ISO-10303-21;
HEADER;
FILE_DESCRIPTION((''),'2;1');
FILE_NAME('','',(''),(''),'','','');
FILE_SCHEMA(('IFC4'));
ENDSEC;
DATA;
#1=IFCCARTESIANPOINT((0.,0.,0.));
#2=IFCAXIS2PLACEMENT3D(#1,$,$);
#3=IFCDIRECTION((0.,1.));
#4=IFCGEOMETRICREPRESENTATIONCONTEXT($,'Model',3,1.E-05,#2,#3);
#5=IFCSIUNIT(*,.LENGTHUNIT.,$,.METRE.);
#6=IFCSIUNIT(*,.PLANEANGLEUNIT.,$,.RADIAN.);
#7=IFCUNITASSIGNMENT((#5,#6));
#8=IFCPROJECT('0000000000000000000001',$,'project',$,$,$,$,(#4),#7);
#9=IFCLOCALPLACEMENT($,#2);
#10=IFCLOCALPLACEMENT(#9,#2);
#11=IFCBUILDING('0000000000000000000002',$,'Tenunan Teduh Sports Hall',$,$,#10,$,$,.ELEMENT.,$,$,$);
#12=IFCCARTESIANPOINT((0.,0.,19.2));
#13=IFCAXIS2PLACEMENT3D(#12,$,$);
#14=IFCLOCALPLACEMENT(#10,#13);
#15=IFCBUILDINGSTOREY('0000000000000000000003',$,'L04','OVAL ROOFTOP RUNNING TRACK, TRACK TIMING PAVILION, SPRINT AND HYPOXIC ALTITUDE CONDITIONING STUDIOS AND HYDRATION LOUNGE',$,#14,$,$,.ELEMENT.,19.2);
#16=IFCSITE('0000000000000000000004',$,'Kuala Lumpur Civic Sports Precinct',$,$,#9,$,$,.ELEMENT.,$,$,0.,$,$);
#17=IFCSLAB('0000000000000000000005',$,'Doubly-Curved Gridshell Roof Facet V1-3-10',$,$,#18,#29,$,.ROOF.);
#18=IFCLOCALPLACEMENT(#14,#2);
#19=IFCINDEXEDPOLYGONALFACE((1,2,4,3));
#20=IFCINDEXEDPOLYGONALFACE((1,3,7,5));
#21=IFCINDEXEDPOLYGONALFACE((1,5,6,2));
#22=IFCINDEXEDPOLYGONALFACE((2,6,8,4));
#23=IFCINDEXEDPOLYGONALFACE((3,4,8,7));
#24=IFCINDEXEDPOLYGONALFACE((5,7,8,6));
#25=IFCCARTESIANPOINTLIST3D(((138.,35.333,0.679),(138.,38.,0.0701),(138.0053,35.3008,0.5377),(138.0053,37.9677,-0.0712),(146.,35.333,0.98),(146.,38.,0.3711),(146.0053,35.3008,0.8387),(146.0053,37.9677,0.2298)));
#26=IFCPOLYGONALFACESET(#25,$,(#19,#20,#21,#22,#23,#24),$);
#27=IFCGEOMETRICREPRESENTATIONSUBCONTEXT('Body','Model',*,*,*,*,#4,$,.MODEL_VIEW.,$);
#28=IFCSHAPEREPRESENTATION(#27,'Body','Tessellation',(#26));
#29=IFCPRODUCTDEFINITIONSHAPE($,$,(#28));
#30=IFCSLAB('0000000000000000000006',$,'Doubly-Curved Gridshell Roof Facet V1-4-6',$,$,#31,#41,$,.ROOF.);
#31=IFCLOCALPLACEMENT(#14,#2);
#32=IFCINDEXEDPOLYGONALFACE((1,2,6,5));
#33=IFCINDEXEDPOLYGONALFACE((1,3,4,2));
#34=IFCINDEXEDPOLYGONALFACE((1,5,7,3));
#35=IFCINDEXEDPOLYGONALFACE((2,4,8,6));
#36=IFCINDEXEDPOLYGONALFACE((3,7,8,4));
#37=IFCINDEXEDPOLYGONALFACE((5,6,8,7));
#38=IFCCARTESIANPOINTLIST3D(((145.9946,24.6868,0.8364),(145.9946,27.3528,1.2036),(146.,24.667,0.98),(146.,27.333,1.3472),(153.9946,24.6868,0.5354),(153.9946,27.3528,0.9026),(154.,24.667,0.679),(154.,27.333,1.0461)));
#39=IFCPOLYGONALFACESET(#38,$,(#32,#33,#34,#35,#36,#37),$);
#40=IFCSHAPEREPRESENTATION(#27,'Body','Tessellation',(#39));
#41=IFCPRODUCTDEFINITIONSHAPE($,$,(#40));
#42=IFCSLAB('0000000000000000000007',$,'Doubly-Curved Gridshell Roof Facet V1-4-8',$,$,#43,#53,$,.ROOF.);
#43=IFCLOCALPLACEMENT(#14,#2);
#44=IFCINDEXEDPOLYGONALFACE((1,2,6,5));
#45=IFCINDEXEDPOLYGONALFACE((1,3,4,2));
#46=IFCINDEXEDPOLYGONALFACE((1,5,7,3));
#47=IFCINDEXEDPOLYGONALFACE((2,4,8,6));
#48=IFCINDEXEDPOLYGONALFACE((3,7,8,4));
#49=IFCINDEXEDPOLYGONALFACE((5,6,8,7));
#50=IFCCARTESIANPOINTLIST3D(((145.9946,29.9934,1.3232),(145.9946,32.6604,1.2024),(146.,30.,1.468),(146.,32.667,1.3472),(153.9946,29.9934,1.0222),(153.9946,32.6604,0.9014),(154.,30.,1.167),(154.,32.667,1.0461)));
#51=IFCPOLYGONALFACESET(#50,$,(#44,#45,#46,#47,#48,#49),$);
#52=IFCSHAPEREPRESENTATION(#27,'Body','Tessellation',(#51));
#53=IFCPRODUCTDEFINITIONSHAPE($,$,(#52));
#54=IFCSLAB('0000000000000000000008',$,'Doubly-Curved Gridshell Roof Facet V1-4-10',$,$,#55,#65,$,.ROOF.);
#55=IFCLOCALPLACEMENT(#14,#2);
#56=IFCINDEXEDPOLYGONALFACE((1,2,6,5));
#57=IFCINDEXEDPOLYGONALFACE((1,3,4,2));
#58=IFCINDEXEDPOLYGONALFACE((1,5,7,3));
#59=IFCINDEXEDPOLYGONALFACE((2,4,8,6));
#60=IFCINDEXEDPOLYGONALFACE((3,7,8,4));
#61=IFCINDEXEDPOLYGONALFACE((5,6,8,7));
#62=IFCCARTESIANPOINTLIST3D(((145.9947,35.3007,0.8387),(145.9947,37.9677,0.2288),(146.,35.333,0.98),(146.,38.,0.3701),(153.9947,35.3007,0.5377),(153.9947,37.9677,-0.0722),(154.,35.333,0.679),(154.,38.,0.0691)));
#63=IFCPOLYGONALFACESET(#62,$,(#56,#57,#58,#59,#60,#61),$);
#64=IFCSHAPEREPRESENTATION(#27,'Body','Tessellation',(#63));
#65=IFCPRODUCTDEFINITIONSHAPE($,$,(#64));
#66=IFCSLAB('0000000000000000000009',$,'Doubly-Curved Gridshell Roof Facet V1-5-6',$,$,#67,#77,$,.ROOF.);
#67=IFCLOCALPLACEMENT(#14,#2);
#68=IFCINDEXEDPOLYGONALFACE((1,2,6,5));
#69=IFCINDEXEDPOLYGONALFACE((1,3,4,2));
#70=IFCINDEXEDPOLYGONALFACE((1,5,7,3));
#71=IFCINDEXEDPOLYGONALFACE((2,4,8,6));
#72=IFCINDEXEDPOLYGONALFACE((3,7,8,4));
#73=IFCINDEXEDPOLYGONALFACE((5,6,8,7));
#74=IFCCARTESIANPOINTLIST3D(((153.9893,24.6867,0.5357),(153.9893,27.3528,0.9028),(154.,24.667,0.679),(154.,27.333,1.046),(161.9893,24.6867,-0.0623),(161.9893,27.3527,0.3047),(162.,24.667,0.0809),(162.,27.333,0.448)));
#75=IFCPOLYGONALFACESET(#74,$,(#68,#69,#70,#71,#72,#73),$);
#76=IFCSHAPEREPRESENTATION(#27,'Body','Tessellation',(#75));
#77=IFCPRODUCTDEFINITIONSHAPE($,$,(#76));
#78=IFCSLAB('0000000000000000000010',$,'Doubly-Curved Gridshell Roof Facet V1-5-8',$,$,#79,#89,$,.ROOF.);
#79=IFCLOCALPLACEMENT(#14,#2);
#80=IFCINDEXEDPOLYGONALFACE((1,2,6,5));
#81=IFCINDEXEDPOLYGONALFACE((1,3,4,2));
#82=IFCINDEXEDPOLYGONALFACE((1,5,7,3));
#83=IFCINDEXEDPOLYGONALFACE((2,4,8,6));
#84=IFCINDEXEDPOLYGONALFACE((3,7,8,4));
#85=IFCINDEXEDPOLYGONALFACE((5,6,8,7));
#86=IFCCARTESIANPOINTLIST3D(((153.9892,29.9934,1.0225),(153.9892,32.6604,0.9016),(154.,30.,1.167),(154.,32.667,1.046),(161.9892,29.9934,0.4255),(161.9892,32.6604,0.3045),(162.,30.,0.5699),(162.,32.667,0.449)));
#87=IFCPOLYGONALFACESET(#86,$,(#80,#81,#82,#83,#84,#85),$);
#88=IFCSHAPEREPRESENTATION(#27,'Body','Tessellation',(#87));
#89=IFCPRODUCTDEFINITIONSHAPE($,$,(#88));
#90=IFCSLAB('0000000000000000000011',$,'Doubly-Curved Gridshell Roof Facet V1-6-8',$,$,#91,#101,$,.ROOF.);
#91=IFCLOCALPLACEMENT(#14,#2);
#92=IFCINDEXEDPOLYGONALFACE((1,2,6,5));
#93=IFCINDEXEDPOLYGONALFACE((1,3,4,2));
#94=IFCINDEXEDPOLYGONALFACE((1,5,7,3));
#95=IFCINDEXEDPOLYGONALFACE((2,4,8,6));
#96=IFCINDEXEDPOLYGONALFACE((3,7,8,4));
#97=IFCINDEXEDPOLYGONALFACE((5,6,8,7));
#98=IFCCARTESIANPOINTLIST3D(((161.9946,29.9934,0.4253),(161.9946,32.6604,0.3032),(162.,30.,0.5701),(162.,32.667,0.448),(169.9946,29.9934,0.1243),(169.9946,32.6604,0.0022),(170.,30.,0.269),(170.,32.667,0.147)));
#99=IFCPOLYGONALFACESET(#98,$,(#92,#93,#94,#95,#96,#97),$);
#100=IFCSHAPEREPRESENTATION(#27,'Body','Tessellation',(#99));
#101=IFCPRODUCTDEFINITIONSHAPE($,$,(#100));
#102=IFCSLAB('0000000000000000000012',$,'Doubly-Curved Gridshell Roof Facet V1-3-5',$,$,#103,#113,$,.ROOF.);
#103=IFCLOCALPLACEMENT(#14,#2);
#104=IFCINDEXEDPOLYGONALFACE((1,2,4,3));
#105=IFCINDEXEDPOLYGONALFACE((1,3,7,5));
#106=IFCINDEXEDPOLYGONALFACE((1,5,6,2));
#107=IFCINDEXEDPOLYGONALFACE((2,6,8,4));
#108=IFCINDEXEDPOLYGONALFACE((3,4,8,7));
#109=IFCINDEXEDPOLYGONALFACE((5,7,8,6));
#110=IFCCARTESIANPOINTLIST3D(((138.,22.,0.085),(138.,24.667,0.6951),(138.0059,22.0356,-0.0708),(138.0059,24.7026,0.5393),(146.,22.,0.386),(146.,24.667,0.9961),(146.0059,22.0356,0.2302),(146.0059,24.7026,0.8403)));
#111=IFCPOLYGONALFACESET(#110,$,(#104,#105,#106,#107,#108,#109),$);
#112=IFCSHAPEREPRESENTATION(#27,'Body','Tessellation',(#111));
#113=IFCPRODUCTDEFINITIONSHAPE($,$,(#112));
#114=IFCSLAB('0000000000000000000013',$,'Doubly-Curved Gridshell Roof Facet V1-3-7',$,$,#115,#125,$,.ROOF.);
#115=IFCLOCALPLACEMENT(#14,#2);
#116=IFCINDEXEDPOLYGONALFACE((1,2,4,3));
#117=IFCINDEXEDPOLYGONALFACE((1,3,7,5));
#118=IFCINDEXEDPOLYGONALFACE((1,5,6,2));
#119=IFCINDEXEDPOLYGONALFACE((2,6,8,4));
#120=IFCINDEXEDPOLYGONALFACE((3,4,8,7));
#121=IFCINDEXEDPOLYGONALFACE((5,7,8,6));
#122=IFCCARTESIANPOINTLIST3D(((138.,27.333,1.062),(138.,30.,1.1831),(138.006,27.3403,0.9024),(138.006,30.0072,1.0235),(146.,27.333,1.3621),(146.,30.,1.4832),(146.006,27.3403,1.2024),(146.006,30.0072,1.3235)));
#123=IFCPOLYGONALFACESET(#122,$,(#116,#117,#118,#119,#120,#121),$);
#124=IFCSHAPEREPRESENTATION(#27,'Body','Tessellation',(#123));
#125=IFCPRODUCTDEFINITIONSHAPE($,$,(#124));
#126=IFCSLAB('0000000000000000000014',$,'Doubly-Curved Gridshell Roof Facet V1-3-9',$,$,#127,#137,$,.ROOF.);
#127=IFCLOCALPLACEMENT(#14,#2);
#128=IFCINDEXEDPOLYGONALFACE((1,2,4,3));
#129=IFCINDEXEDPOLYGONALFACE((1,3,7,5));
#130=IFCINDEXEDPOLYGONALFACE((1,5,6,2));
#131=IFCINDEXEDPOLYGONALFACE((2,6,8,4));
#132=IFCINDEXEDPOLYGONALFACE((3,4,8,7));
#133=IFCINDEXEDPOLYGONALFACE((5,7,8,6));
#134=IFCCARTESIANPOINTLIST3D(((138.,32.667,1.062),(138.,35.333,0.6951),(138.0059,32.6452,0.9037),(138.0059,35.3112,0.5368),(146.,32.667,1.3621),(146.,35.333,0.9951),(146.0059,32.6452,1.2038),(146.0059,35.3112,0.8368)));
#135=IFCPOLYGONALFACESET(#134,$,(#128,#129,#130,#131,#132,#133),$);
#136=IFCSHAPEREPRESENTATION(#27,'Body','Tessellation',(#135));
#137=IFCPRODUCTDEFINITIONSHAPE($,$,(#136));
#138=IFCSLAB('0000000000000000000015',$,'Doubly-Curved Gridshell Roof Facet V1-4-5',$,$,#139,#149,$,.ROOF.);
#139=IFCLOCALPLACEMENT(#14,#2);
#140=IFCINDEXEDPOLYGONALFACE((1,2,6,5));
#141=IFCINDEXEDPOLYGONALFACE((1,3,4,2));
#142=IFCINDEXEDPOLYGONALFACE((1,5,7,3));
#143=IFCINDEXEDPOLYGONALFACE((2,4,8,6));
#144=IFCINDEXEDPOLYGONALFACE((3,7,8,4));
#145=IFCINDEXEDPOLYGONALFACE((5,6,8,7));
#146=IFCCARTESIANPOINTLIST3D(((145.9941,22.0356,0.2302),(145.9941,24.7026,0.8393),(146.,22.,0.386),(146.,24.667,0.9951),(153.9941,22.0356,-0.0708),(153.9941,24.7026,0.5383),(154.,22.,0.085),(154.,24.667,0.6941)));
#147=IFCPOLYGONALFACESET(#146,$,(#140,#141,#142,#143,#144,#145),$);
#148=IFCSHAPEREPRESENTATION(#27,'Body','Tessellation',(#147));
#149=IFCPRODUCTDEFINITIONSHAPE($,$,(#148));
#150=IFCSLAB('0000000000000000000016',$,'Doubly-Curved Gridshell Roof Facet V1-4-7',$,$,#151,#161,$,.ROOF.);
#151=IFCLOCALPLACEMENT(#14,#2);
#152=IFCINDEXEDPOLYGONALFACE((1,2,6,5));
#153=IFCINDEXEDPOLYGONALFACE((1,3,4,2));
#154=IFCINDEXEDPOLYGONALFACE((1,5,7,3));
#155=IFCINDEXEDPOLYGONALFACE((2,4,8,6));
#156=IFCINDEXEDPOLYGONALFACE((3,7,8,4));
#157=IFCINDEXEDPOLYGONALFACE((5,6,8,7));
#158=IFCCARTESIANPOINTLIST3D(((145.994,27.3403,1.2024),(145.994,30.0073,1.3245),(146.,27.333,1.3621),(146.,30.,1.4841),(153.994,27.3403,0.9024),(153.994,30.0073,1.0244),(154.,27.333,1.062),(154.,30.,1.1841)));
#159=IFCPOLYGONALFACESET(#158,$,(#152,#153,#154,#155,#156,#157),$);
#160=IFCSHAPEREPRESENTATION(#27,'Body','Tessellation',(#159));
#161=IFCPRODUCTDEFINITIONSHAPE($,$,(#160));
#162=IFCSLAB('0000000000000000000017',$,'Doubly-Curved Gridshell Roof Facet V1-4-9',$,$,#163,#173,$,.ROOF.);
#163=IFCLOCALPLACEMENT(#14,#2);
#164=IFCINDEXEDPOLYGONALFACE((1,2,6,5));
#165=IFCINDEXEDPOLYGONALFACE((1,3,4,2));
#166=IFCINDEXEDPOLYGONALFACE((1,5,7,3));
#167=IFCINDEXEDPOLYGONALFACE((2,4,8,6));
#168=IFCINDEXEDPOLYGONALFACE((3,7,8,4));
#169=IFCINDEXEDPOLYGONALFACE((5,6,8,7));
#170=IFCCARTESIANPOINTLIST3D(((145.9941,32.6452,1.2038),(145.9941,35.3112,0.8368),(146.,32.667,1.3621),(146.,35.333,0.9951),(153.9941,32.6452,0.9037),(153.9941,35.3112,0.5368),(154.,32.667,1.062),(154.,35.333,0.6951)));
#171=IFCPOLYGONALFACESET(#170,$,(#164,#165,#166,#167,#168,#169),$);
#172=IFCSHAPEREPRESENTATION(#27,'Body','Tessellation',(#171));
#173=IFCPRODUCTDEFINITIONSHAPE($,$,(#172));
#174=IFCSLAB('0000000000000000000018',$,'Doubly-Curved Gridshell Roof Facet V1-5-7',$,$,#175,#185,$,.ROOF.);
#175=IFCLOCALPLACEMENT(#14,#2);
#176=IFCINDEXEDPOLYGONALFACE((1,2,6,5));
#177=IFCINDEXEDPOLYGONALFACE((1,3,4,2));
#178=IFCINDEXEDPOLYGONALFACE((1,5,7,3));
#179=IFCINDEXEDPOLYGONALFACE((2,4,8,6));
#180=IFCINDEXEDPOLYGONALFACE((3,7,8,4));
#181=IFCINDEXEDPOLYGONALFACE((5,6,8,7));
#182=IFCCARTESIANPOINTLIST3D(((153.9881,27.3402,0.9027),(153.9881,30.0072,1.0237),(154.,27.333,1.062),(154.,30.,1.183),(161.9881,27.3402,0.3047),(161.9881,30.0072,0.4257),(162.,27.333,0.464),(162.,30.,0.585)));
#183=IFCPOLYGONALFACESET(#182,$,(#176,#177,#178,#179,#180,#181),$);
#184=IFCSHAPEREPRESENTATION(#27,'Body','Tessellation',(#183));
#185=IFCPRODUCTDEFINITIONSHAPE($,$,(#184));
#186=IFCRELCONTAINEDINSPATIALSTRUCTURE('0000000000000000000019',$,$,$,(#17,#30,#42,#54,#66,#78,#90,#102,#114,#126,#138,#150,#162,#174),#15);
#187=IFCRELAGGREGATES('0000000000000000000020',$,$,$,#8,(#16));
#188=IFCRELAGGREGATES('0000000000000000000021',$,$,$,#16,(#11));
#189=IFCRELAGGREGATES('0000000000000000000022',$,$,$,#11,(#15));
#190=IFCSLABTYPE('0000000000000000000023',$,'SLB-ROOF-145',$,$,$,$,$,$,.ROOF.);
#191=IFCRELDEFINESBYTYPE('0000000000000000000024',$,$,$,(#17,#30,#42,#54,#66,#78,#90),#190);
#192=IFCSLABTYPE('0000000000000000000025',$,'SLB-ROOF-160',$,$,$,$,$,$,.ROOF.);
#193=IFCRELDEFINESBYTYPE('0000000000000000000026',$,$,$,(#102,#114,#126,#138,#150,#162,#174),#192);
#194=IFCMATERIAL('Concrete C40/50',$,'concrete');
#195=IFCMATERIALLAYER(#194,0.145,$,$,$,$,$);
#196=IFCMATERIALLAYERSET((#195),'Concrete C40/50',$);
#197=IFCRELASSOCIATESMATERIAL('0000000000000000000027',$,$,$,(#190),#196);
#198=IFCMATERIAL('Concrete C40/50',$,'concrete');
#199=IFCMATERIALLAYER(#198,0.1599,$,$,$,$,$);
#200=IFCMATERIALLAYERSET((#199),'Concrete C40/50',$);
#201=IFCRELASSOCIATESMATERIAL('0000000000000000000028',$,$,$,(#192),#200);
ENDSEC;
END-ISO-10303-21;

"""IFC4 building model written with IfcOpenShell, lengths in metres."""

from ifc_helpers import new_model, si_unit, direction, frame, origin, place, context, subcontext, project, spatial, polyline, outline, extrude, material, layer, layer_set, type_object, element, save


model = new_model("IFC4")

# Units and contexts
model_context = context("Model", 3, precision=1e-05, world=origin(), true_north=direction((0.0, 1.0)))
body_context = subcontext(model_context, "Body", "Model", "MODEL_VIEW")
ifc_project = project(units=[si_unit("LENGTHUNIT", "METRE"), si_unit("PLANEANGLEUNIT", "RADIAN")], contexts=[model_context])

# Site, building, storey
site_placement = place(None, origin())
site = spatial("IfcSite", under=ifc_project, at=site_placement, Name="Kuala Lumpur Civic Sports Precinct", CompositionType="ELEMENT", RefElevation=0.0)
building_placement = place(site_placement, origin())
building = spatial("IfcBuilding", under=site, at=building_placement, Name="Tenunan Teduh Sports Hall", CompositionType="ELEMENT")
storey_placement = place(building_placement, frame((0.0, 0.0, 19.2)))
storey = spatial("IfcBuildingStorey", under=building, at=storey_placement, Name="L04", Description="OVAL ROOFTOP RUNNING TRACK, TRACK TIMING PAVILION, SPRINT AND HYPOXIC ALTITUDE CONDITIONING STUDIOS AND HYDRATION LOUNGE", CompositionType="ELEMENT", Elevation=19.2)

# Slabs
ifc_material_1 = material(Name="Concrete C40/50", Category="concrete")
ifc_layer_1 = layer(ifc_material_1, 0.145)
ifc_layer_set_1 = layer_set([ifc_layer_1], Name="Concrete C40/50")
slab_type_1 = type_object("IfcSlabType", Name="SLB-ROOF-145", PredefinedType="ROOF", material=ifc_layer_set_1)
slab_1_placement = place(storey_placement, frame((138.0, 35.333, 0.679), z_axis=(-0.03666, 0.222428, 0.97426), x_axis=(0.999293, 0.0, 0.037602)))
element("IfcSlab", 1, at=slab_1_placement, inside=storey, type_object=slab_type_1, Name="Doubly-Curved Gridshell Roof Facet V1-3-10", PredefinedType="ROOF", context=body_context, shape_type="SweptSolid", body=[
    extrude(outline(polyline([(0.0, 0.0), (8.0057, 0.0), (7.9828, 2.7355), (-0.0229, 2.7355), (0.0, 0.0)])), origin(), (0.0, 0.0, -1.0), 0.145),
])
slab_2_placement = place(storey_placement, frame((146.0, 24.667, 0.98), z_axis=(0.03725, -0.136346, 0.989961), x_axis=(0.999293, 0.0, -0.037602)))
element("IfcSlab", 2, at=slab_2_placement, inside=storey, type_object=slab_type_1, Name="Doubly-Curved Gridshell Roof Facet V1-4-6", PredefinedType="ROOF", context=body_context, shape_type="SweptSolid", body=[
    extrude(outline(polyline([(0.0, 0.0), (8.0057, 0.0), (7.9919, 2.6911), (-0.0138, 2.6911), (0.0, 0.0)])), origin(), (0.0, 0.0, -1.0), 0.145),
])
slab_3_placement = place(storey_placement, frame((146.0, 30.0, 1.468), z_axis=(0.037563, 0.045235, 0.99827), x_axis=(0.999293, 0.0, -0.037602)))
element("IfcSlab", 3, at=slab_3_placement, inside=storey, type_object=slab_type_1, Name="Doubly-Curved Gridshell Roof Facet V1-4-8", PredefinedType="ROOF", context=body_context, shape_type="SweptSolid", body=[
    extrude(outline(polyline([(0.0, 0.0), (8.0057, 0.0), (8.0102, 2.6697), (0.0045, 2.6697), (0.0, 0.0)])), origin(), (0.0, 0.0, -1.0), 0.145),
])
slab_4_placement = place(storey_placement, frame((146.0, 35.333, 0.98), z_axis=(0.036657, 0.222767, 0.974182), x_axis=(0.999293, 0.0, -0.037602)))
element("IfcSlab", 4, at=slab_4_placement, inside=storey, type_object=slab_type_1, Name="Doubly-Curved Gridshell Roof Facet V1-4-10", PredefinedType="ROOF", context=body_context, shape_type="SweptSolid", body=[
    extrude(outline(polyline([(0.0, 0.0), (8.0057, 0.0), (8.0286, 2.7357), (0.0229, 2.7357), (0.0, 0.0)])), origin(), (0.0, 0.0, -1.0), 0.145),
])
slab_5_placement = place(storey_placement, frame((154.0, 24.667, 0.679), z_axis=(0.073852, -0.136024, 0.987949), x_axis=(0.997218, 0.000002, -0.074545)))
element("IfcSlab", 5, at=slab_5_placement, inside=storey, type_object=slab_type_1, Name="Doubly-Curved Gridshell Roof Facet V1-5-6", PredefinedType="ROOF", context=body_context, shape_type="SweptSolid", body=[
    extrude(outline(polyline([(0.0, 0.0), (8.0223, 0.0), (7.995, 2.691), (-0.0274, 2.691), (0.0, 0.0)])), origin(), (0.0, 0.0, -1.0), 0.145),
])
slab_6_placement = place(storey_placement, frame((154.0, 30.0, 1.167), z_axis=(0.074348, 0.045187, 0.996208), x_axis=(0.997227, -0.000001, -0.074424)))
element("IfcSlab", 6, at=slab_6_placement, inside=storey, type_object=slab_type_1, Name="Doubly-Curved Gridshell Roof Facet V1-5-8", PredefinedType="ROOF", context=body_context, shape_type="SweptSolid", body=[
    extrude(outline(polyline([(0.0, 0.0), (8.0222, 0.0), (8.0312, 2.6697), (0.009, 2.6697), (0.0, 0.0)])), origin(), (0.0, 0.0, -1.0), 0.145),
])
slab_7_placement = place(storey_placement, frame((162.0, 30.0, 0.5701), z_axis=(0.037562, 0.045691, 0.998249), x_axis=(0.999293, 0.0, -0.037602)))
element("IfcSlab", 7, at=slab_7_placement, inside=storey, type_object=slab_type_1, Name="Doubly-Curved Gridshell Roof Facet V1-6-8", PredefinedType="ROOF", context=body_context, shape_type="SweptSolid", body=[
    extrude(outline(polyline([(0.0, 0.0), (8.0057, 0.0), (8.0103, 2.6698), (0.0046, 2.6698), (0.0, 0.0)])), origin(), (0.0, 0.0, -1.0), 0.145),
])
ifc_material_2 = material(Name="Concrete C40/50", Category="concrete")
ifc_layer_2 = layer(ifc_material_2, 0.1599)
ifc_layer_set_2 = layer_set([ifc_layer_2], Name="Concrete C40/50")
slab_type_2 = type_object("IfcSlabType", Name="SLB-ROOF-160", PredefinedType="ROOF", material=ifc_layer_set_2)
slab_8_placement = place(storey_placement, frame((138.0, 22.0, 0.085), z_axis=(-0.036656, -0.222852, 0.974163), x_axis=(0.999293, 0.0, 0.037602)))
element("IfcSlab", 8, at=slab_8_placement, inside=storey, type_object=slab_type_2, Name="Doubly-Curved Gridshell Roof Facet V1-3-5", PredefinedType="ROOF", context=body_context, shape_type="SweptSolid", body=[
    extrude(outline(polyline([(0.0, 0.0), (8.0057, 0.0), (8.0286, 2.7358), (0.0229, 2.7358), (0.0, 0.0)])), origin(), (0.0, 0.0, -1.0), 0.1599),
])
slab_9_placement = place(storey_placement, frame((138.0, 27.333, 1.062), z_axis=(-0.037441, -0.045326, 0.99827), x_axis=(0.999297, 0.0, 0.03748)))
element("IfcSlab", 9, at=slab_9_placement, inside=storey, type_object=slab_type_2, Name="Doubly-Curved Gridshell Roof Facet V1-3-7", PredefinedType="ROOF", context=body_context, shape_type="SweptSolid", body=[
    extrude(outline(polyline([(0.0, 0.0), (8.0056, 0.0), (8.0102, 2.6697), (0.0045, 2.6697), (0.0, 0.0)])), origin(), (0.0, 0.0, -1.0), 0.1599),
])
slab_10_placement = place(storey_placement, frame((138.0, 32.667, 1.062), z_axis=(-0.03713, 0.136258, 0.989977), x_axis=(0.999297, 0.0, 0.03748)))
element("IfcSlab", 10, at=slab_10_placement, inside=storey, type_object=slab_type_2, Name="Doubly-Curved Gridshell Roof Facet V1-3-9", PredefinedType="ROOF", context=body_context, shape_type="SweptSolid", body=[
    extrude(outline(polyline([(0.0, 0.0), (8.0056, 0.0), (7.9919, 2.6911), (-0.0138, 2.6911), (0.0, 0.0)])), origin(), (0.0, 0.0, -1.0), 0.1599),
])
slab_11_placement = place(storey_placement, frame((146.0, 22.0, 0.386), z_axis=(0.036659, -0.222513, 0.97424), x_axis=(0.999293, 0.0, -0.037602)))
element("IfcSlab", 11, at=slab_11_placement, inside=storey, type_object=slab_type_2, Name="Doubly-Curved Gridshell Roof Facet V1-4-5", PredefinedType="ROOF", context=body_context, shape_type="SweptSolid", body=[
    extrude(outline(polyline([(0.0, 0.0), (8.0057, 0.0), (7.9828, 2.7356), (-0.0229, 2.7356), (0.0, 0.0)])), origin(), (0.0, 0.0, -1.0), 0.1599),
])
slab_12_placement = place(storey_placement, frame((146.0, 27.333, 1.3621), z_axis=(0.037441, -0.045691, 0.998254), x_axis=(0.999297, 0.0, -0.03748)))
element("IfcSlab", 12, at=slab_12_placement, inside=storey, type_object=slab_type_2, Name="Doubly-Curved Gridshell Roof Facet V1-4-7", PredefinedType="ROOF", context=body_context, shape_type="SweptSolid", body=[
    extrude(outline(polyline([(0.0, 0.0), (8.0056, 0.0), (8.001, 2.6698), (-0.0046, 2.6698), (0.0, 0.0)])), origin(), (0.0, 0.0, -1.0), 0.1599),
])
slab_13_placement = place(storey_placement, frame((146.0, 32.667, 1.3621), z_axis=(0.03713, 0.136258, 0.989977), x_axis=(0.999297, 0.0, -0.03748)))
element("IfcSlab", 13, at=slab_13_placement, inside=storey, type_object=slab_type_2, Name="Doubly-Curved Gridshell Roof Facet V1-4-9", PredefinedType="ROOF", context=body_context, shape_type="SweptSolid", body=[
    extrude(outline(polyline([(0.0, 0.0), (8.0056, 0.0), (8.0194, 2.6911), (0.0138, 2.6911), (0.0, 0.0)])), origin(), (0.0, 0.0, -1.0), 0.1599),
])
slab_14_placement = place(storey_placement, frame((154.0, 27.333, 1.062), z_axis=(0.074469, -0.045186, 0.996199), x_axis=(0.997218, 0.000001, -0.074545)))
element("IfcSlab", 14, at=slab_14_placement, inside=storey, type_object=slab_type_2, Name="Doubly-Curved Gridshell Roof Facet V1-5-7", PredefinedType="ROOF", context=body_context, shape_type="SweptSolid", body=[
    extrude(outline(polyline([(0.0, 0.0), (8.0223, 0.0), (8.0133, 2.6697), (-0.009, 2.6697), (0.0, 0.0)])), origin(), (0.0, 0.0, -1.0), 0.1599),
])

save(model, "model.ifc")
